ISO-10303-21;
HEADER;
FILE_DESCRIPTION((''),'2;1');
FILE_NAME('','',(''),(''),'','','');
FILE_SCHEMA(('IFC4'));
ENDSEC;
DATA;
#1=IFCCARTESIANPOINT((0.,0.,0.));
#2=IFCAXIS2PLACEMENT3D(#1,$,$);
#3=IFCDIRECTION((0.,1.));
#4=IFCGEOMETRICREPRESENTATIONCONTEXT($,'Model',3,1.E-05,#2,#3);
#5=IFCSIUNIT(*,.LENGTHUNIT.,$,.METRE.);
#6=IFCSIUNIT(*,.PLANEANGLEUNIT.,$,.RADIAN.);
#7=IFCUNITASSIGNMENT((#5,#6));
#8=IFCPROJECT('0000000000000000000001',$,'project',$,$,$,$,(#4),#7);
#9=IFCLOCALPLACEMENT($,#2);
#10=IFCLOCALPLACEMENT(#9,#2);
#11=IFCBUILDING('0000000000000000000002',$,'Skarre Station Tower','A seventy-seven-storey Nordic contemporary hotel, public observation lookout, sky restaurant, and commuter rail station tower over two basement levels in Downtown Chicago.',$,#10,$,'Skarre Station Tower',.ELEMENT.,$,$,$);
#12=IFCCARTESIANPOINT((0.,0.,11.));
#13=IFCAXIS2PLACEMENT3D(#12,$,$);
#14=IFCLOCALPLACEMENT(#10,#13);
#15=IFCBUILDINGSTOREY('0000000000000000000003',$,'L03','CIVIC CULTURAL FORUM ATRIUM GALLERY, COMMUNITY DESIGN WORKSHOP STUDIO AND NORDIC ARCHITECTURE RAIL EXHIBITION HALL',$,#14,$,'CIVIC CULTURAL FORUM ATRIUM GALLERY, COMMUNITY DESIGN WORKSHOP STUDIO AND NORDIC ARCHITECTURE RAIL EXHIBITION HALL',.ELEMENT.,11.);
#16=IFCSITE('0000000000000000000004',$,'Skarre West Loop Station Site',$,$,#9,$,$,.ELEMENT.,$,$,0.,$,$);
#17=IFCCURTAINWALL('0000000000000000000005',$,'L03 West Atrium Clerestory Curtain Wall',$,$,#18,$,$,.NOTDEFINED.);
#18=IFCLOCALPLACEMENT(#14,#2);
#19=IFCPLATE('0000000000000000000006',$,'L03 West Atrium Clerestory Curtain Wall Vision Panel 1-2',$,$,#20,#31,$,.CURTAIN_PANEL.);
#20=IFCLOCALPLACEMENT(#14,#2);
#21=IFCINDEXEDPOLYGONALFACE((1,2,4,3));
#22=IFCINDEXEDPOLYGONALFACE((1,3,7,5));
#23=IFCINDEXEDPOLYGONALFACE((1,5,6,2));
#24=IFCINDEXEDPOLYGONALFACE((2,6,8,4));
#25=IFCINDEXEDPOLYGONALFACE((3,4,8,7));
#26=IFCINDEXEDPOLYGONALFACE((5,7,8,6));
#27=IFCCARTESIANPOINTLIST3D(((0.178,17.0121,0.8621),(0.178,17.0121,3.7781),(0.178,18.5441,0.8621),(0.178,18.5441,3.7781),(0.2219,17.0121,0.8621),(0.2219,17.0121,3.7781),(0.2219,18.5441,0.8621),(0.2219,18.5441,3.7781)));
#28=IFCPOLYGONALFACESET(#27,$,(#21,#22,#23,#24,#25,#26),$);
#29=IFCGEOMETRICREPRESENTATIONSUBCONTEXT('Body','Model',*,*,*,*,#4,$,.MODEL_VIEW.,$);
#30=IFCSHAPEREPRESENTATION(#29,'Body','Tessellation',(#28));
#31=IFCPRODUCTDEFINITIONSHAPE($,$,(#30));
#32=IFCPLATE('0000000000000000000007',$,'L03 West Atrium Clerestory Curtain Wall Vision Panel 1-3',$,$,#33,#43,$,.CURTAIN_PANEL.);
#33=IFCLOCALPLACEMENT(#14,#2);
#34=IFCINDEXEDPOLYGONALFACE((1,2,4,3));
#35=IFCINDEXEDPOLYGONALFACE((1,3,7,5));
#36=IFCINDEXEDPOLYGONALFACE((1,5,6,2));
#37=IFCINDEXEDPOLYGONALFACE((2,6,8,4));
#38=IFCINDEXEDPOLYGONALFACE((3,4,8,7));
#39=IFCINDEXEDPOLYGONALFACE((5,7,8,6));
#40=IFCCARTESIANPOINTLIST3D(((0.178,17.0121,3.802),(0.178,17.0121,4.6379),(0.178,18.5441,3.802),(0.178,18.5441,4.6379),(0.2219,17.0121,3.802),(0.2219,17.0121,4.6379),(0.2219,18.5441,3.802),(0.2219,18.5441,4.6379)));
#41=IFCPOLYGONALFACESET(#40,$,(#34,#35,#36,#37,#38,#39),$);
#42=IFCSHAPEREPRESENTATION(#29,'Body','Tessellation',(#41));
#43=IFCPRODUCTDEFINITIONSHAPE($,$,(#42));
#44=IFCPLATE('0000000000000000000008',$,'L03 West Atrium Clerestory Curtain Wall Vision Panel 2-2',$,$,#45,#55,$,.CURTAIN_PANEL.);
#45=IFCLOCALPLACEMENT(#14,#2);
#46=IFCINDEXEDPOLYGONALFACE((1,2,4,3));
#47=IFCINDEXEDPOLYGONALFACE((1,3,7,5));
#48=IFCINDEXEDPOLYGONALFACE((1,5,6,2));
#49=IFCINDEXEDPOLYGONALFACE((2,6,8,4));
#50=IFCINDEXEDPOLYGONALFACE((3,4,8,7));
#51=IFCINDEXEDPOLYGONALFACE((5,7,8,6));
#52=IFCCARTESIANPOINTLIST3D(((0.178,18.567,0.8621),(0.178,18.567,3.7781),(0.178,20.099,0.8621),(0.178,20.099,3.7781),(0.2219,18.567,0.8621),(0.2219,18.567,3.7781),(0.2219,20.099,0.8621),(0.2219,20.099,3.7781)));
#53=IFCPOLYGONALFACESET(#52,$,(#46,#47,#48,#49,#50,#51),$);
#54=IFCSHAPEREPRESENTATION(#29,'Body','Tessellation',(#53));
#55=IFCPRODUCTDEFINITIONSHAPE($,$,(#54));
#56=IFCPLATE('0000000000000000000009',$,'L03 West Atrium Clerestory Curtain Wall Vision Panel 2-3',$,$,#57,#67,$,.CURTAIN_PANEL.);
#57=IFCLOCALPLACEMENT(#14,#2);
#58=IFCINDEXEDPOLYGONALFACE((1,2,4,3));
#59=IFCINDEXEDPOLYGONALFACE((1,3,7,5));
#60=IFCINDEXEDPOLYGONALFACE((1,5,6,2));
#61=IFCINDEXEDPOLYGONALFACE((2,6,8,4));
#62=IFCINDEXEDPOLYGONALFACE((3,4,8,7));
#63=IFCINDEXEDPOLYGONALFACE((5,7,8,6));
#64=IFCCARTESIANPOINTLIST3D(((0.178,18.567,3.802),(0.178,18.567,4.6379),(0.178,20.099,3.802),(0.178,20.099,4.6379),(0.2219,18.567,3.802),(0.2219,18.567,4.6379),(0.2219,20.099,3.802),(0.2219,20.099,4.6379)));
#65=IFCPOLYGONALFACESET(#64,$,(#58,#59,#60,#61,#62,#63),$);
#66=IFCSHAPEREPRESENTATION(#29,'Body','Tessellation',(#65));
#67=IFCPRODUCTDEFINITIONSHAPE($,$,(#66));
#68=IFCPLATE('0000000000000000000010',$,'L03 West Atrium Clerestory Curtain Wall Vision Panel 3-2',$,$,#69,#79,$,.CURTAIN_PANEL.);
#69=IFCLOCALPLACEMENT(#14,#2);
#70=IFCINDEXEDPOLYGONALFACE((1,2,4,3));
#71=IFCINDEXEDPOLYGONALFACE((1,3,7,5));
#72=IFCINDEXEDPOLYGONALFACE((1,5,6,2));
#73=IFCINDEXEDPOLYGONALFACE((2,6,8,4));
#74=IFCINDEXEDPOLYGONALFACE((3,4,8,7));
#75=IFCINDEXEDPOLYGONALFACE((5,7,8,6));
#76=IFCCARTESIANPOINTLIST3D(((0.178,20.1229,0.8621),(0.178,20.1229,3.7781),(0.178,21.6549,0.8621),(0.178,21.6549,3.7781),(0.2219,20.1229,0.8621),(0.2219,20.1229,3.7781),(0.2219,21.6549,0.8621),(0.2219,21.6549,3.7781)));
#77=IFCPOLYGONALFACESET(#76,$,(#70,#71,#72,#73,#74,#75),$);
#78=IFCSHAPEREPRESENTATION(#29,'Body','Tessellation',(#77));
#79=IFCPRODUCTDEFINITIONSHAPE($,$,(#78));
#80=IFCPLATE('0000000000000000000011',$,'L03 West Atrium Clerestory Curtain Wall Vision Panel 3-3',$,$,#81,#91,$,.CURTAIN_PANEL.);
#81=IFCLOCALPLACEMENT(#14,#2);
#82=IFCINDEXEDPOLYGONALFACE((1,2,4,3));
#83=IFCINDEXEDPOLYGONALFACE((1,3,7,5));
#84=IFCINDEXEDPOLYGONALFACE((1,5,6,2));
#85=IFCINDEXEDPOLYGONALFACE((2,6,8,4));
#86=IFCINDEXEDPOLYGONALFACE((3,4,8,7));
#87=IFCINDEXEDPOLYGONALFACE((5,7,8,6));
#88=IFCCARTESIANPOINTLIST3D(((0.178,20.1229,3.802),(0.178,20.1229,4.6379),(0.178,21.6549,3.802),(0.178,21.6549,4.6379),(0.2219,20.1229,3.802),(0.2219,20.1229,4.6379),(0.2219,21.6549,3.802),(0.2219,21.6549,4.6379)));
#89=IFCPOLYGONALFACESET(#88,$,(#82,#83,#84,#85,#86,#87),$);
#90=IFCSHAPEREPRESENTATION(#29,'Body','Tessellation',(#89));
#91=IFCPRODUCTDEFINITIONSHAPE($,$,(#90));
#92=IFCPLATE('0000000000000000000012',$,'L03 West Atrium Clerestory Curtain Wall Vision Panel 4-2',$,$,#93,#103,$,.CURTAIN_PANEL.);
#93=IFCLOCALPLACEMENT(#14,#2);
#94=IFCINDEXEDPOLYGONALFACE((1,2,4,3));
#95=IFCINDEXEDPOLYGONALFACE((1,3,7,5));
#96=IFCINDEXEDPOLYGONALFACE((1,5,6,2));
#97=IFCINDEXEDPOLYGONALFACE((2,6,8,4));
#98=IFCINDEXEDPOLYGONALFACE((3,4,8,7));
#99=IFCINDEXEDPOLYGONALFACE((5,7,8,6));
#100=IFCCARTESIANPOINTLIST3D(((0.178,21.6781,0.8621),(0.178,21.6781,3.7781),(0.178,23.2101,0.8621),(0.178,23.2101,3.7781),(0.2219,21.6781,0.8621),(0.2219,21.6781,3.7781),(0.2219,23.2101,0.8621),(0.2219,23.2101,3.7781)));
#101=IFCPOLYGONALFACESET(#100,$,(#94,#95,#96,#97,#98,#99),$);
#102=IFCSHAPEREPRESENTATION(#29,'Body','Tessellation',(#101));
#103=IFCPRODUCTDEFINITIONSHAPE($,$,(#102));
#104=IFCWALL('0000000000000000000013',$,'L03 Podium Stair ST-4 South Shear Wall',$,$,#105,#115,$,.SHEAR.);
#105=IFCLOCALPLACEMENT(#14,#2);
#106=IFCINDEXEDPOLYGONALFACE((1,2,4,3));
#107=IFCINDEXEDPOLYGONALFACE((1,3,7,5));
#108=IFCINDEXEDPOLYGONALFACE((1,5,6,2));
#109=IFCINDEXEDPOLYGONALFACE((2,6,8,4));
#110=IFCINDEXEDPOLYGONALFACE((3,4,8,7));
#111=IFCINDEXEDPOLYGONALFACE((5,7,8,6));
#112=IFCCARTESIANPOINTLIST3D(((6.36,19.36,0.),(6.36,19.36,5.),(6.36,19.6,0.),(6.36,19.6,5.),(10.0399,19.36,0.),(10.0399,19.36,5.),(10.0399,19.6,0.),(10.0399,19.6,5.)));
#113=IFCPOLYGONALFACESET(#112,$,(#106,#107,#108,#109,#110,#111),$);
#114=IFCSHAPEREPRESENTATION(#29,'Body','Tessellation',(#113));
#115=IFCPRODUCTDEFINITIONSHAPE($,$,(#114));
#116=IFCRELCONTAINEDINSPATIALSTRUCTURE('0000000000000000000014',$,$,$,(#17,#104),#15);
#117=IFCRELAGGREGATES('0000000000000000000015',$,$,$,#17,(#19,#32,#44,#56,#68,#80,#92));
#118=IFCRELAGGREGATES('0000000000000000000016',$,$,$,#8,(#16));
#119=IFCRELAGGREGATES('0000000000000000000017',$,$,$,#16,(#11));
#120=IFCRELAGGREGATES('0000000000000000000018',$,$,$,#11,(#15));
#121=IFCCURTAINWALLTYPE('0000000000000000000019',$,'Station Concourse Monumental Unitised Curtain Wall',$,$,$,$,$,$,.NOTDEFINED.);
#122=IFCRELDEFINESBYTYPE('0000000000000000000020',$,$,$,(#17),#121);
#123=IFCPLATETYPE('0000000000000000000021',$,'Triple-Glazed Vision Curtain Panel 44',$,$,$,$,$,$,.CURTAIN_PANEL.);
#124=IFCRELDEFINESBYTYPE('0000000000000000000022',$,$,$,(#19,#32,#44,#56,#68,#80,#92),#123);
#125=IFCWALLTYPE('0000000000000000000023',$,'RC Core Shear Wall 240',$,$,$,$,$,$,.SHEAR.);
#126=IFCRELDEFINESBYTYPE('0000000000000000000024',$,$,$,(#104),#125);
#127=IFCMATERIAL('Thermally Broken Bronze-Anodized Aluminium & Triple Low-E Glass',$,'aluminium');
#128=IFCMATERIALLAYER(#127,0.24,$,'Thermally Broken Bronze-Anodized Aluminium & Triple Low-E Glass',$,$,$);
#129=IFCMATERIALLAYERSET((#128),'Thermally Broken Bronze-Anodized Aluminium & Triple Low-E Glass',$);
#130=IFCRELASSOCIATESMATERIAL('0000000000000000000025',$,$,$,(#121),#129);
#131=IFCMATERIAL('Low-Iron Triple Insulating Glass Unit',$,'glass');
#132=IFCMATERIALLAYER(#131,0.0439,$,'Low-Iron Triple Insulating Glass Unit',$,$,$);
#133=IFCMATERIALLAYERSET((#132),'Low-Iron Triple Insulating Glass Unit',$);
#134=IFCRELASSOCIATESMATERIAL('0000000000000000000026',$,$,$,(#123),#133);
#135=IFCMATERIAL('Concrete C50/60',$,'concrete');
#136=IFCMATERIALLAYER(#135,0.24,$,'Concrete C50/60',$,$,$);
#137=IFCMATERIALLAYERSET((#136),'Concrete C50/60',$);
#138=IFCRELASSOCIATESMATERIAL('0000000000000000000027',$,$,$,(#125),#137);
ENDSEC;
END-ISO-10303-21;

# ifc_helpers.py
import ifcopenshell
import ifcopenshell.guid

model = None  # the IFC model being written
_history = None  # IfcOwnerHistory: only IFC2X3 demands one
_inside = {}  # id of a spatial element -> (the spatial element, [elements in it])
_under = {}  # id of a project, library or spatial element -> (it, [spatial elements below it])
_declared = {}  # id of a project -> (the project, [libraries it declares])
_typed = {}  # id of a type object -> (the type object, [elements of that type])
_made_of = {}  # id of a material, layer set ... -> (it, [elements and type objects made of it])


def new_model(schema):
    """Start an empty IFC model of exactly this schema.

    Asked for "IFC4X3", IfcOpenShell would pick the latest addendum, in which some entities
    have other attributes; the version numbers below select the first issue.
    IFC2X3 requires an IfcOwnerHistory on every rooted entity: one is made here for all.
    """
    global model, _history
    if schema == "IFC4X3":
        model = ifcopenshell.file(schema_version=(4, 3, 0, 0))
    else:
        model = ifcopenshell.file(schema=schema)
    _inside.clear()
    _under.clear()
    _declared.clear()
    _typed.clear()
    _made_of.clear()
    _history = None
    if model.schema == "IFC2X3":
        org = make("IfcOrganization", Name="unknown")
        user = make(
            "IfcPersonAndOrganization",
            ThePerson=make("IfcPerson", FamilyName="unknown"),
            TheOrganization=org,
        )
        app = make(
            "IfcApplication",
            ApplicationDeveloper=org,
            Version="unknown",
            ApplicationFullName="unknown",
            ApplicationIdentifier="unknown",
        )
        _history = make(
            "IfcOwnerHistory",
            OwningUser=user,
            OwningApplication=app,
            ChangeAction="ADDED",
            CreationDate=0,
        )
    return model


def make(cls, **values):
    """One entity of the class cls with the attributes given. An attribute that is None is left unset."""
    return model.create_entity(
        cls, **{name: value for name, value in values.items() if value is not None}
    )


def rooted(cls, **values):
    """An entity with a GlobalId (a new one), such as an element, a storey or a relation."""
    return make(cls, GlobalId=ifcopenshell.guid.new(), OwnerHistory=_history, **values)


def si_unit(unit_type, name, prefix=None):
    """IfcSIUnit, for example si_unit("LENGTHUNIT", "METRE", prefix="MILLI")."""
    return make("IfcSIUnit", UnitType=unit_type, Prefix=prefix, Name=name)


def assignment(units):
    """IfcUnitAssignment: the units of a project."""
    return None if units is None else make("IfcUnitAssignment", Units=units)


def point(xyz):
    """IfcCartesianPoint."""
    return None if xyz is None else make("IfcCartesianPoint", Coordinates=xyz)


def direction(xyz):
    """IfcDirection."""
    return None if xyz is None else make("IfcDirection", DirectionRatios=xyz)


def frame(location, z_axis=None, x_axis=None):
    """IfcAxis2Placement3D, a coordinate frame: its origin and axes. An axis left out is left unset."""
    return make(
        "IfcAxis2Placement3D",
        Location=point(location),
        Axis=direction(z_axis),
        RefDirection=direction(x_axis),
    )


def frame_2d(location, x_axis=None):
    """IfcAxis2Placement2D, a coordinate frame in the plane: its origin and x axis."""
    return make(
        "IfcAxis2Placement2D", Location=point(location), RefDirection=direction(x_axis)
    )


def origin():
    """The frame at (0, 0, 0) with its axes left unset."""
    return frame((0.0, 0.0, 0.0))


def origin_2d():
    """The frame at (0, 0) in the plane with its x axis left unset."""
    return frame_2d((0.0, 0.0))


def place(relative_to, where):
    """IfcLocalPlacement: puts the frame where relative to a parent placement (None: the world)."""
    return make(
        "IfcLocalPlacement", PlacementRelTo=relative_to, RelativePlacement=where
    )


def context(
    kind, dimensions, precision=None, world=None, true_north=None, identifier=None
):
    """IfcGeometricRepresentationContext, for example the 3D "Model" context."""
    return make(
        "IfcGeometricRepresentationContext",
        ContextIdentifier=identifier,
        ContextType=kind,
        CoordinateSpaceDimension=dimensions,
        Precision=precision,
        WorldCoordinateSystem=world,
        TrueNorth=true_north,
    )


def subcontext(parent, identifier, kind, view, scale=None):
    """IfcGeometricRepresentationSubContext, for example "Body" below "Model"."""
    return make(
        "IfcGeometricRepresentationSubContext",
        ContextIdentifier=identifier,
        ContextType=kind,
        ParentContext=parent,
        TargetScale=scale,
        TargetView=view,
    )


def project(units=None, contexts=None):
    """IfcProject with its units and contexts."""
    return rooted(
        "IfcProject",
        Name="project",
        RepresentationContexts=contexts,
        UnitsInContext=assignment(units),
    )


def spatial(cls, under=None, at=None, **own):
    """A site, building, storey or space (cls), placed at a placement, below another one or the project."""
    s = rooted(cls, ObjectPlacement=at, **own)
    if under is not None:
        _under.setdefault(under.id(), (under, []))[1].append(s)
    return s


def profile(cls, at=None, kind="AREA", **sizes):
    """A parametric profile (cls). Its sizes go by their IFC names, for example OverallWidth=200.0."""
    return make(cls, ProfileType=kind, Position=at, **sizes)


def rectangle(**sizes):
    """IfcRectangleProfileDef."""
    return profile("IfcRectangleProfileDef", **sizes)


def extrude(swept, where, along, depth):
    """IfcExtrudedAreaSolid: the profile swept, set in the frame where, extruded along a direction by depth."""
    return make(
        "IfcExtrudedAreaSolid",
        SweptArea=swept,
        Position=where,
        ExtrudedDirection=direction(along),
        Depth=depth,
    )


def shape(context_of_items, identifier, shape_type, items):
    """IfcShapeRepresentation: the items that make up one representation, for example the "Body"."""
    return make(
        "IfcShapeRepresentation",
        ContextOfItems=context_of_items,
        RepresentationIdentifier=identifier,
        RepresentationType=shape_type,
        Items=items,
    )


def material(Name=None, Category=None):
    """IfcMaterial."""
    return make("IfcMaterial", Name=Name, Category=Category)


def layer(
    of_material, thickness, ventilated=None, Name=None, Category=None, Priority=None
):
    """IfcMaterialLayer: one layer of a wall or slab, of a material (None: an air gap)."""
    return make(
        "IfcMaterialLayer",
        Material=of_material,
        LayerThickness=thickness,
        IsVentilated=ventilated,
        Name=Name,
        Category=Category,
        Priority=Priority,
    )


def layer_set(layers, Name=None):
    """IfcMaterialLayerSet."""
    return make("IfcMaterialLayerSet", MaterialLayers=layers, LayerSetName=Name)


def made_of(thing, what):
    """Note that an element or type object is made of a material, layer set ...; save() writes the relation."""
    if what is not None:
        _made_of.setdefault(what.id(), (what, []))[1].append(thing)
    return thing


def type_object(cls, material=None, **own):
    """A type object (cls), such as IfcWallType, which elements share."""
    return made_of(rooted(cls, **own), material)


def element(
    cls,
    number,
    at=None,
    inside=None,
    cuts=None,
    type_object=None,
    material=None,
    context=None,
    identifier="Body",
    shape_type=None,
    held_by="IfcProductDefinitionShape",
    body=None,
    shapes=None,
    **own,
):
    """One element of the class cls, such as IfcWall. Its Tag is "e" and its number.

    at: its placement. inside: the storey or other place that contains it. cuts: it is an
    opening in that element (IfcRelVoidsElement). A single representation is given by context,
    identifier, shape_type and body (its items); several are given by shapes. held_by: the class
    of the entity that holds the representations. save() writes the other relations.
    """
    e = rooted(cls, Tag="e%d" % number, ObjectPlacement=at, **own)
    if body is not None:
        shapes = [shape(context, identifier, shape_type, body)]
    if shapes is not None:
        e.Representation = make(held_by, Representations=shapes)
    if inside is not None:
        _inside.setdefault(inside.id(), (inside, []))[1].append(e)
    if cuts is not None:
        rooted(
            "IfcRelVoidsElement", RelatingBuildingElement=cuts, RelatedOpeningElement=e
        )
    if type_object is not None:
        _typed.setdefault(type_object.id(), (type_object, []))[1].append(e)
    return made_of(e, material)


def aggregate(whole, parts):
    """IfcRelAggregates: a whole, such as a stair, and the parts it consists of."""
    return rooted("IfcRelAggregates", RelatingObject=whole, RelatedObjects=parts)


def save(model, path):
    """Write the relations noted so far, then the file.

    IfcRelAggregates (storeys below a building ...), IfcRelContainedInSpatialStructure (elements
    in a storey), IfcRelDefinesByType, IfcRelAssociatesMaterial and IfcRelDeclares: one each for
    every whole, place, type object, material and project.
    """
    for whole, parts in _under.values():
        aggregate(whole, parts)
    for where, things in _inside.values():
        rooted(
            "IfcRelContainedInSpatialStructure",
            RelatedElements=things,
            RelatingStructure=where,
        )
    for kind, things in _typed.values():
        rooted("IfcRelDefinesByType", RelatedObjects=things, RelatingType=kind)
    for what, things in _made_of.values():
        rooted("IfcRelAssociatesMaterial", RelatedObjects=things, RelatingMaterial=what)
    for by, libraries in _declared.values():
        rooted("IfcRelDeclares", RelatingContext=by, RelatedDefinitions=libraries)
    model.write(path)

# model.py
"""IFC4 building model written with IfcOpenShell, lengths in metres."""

from ifc_helpers import new_model, si_unit, direction, frame, frame_2d, origin, origin_2d, place, context, subcontext, project, spatial, rectangle, extrude, material, layer, layer_set, type_object, element, aggregate, save


model = new_model("IFC4")

# Units and contexts
model_context = context("Model", 3, precision=1e-05, world=origin(), true_north=direction((0.0, 1.0)))
body_context = subcontext(model_context, "Body", "Model", "MODEL_VIEW")
ifc_project = project(units=[si_unit("LENGTHUNIT", "METRE"), si_unit("PLANEANGLEUNIT", "RADIAN")], contexts=[model_context])

# Site, building, storey
site_placement = place(None, origin())
site = spatial("IfcSite", under=ifc_project, at=site_placement, Name="Skarre West Loop Station Site", CompositionType="ELEMENT", RefElevation=0.0)
building_placement = place(site_placement, origin())
building = spatial("IfcBuilding", under=site, at=building_placement, Name="Skarre Station Tower", Description="A seventy-seven-storey Nordic contemporary hotel, public observation lookout, sky restaurant, and commuter rail station tower over two basement levels in Downtown Chicago.", LongName="Skarre Station Tower", CompositionType="ELEMENT")
storey_placement = place(building_placement, frame((0.0, 0.0, 11.0)))
storey = spatial("IfcBuildingStorey", under=building, at=storey_placement, Name="L03", Description="CIVIC CULTURAL FORUM ATRIUM GALLERY, COMMUNITY DESIGN WORKSHOP STUDIO AND NORDIC ARCHITECTURE RAIL EXHIBITION HALL", LongName="CIVIC CULTURAL FORUM ATRIUM GALLERY, COMMUNITY DESIGN WORKSHOP STUDIO AND NORDIC ARCHITECTURE RAIL EXHIBITION HALL", CompositionType="ELEMENT", Elevation=11.0)

# Curtain wall, plates
ifc_material_1 = material(Name="Thermally Broken Bronze-Anodized Aluminium & Triple Low-E Glass", Category="aluminium")
ifc_layer_1 = layer(ifc_material_1, 0.24, Name="Thermally Broken Bronze-Anodized Aluminium & Triple Low-E Glass")
ifc_layer_set_1 = layer_set([ifc_layer_1], Name="Thermally Broken Bronze-Anodized Aluminium & Triple Low-E Glass")
curtain_wall_type = type_object("IfcCurtainWallType", Name="Station Concourse Monumental Unitised Curtain Wall", PredefinedType="NOTDEFINED", material=ifc_layer_set_1)
curtain_wall_placement = place(storey_placement, origin())
curtain_wall = element("IfcCurtainWall", 1, at=curtain_wall_placement, inside=storey, type_object=curtain_wall_type, Name="L03 West Atrium Clerestory Curtain Wall", PredefinedType="NOTDEFINED")
ifc_material_2 = material(Name="Low-Iron Triple Insulating Glass Unit", Category="glass")
ifc_layer_2 = layer(ifc_material_2, 0.0439, Name="Low-Iron Triple Insulating Glass Unit")
ifc_layer_set_2 = layer_set([ifc_layer_2], Name="Low-Iron Triple Insulating Glass Unit")
plate_type_1 = type_object("IfcPlateType", Name="Triple-Glazed Vision Curtain Panel 44", PredefinedType="CURTAIN_PANEL", material=ifc_layer_set_2)
plate_1_placement = place(storey_placement, frame((0.2, 17.7781, 0.8621), z_axis=(0.0, 0.0, 1.0), x_axis=(0.0, 1.0, 0.0)))
plate_1 = element("IfcPlate", 2, at=plate_1_placement, type_object=plate_type_1, Name="L03 West Atrium Clerestory Curtain Wall Vision Panel 1-2", PredefinedType="CURTAIN_PANEL", context=body_context, shape_type="SweptSolid", body=[
    extrude(rectangle(XDim=1.532, YDim=0.0439, at=origin_2d()), origin(), (0.0, 0.0, 1.0), 2.916),
])
plate_2_placement = place(storey_placement, frame((0.2, 17.7781, 3.802), z_axis=(0.0, 0.0, 1.0), x_axis=(0.0, 1.0, 0.0)))
plate_2 = element("IfcPlate", 3, at=plate_2_placement, type_object=plate_type_1, Name="L03 West Atrium Clerestory Curtain Wall Vision Panel 1-3", PredefinedType="CURTAIN_PANEL", context=body_context, shape_type="SweptSolid", body=[
    extrude(rectangle(XDim=1.532, YDim=0.0439, at=origin_2d()), origin(), (0.0, 0.0, 1.0), 0.8359),
])
plate_3_placement = place(storey_placement, frame((0.2, 19.333, 0.8621), z_axis=(0.0, 0.0, 1.0), x_axis=(0.0, 1.0, 0.0)))
plate_3 = element("IfcPlate", 4, at=plate_3_placement, type_object=plate_type_1, Name="L03 West Atrium Clerestory Curtain Wall Vision Panel 2-2", PredefinedType="CURTAIN_PANEL", context=body_context, shape_type="SweptSolid", body=[
    extrude(rectangle(XDim=1.532, YDim=0.0439, at=origin_2d()), origin(), (0.0, 0.0, 1.0), 2.916),
])
plate_4_placement = place(storey_placement, frame((0.2, 19.333, 3.802), z_axis=(0.0, 0.0, 1.0), x_axis=(0.0, 1.0, 0.0)))
plate_4 = element("IfcPlate", 5, at=plate_4_placement, type_object=plate_type_1, Name="L03 West Atrium Clerestory Curtain Wall Vision Panel 2-3", PredefinedType="CURTAIN_PANEL", context=body_context, shape_type="SweptSolid", body=[
    extrude(rectangle(XDim=1.532, YDim=0.0439, at=origin_2d()), origin(), (0.0, 0.0, 1.0), 0.8359),
])
plate_5_placement = place(storey_placement, frame((0.2, 20.8889, 0.8621), z_axis=(0.0, 0.0, 1.0), x_axis=(0.0, 1.0, 0.0)))
plate_5 = element("IfcPlate", 6, at=plate_5_placement, type_object=plate_type_1, Name="L03 West Atrium Clerestory Curtain Wall Vision Panel 3-2", PredefinedType="CURTAIN_PANEL", context=body_context, shape_type="SweptSolid", body=[
    extrude(rectangle(XDim=1.532, YDim=0.0439, at=origin_2d()), origin(), (0.0, 0.0, 1.0), 2.916),
])
plate_6_placement = place(storey_placement, frame((0.2, 20.8889, 3.802), z_axis=(0.0, 0.0, 1.0), x_axis=(0.0, 1.0, 0.0)))
plate_6 = element("IfcPlate", 7, at=plate_6_placement, type_object=plate_type_1, Name="L03 West Atrium Clerestory Curtain Wall Vision Panel 3-3", PredefinedType="CURTAIN_PANEL", context=body_context, shape_type="SweptSolid", body=[
    extrude(rectangle(XDim=1.532, YDim=0.0439, at=origin_2d()), origin(), (0.0, 0.0, 1.0), 0.8359),
])
plate_7_placement = place(storey_placement, frame((0.2, 22.4441, 0.8621), z_axis=(0.0, 0.0, 1.0), x_axis=(0.0, 1.0, 0.0)))
plate_7 = element("IfcPlate", 8, at=plate_7_placement, type_object=plate_type_1, Name="L03 West Atrium Clerestory Curtain Wall Vision Panel 4-2", PredefinedType="CURTAIN_PANEL", context=body_context, shape_type="SweptSolid", body=[
    extrude(rectangle(XDim=1.532, YDim=0.0439, at=origin_2d()), origin(), (0.0, 0.0, 1.0), 2.916),
])
aggregate(curtain_wall, [plate_1, plate_2, plate_3, plate_4, plate_5, plate_6, plate_7])

# Wall
ifc_material_3 = material(Name="Concrete C50/60", Category="concrete")
ifc_layer_3 = layer(ifc_material_3, 0.24, Name="Concrete C50/60")
ifc_layer_set_3 = layer_set([ifc_layer_3], Name="Concrete C50/60")
wall_type = type_object("IfcWallType", Name="RC Core Shear Wall 240", PredefinedType="SHEAR", material=ifc_layer_set_3)
wall_placement = place(storey_placement, frame((6.3601, 19.48, 0.0), z_axis=(0.0, 0.0, 1.0), x_axis=(1.0, 0.0, 0.0)))
element("IfcWall", 9, at=wall_placement, inside=storey, type_object=wall_type, Name="L03 Podium Stair ST-4 South Shear Wall", PredefinedType="SHEAR", context=body_context, shape_type="SweptSolid", body=[
    extrude(rectangle(XDim=3.6799, YDim=0.24, at=frame_2d((1.8398, 0.0))), origin(), (0.0, 0.0, 1.0), 5.0),
])

save(model, "model.ifc")
